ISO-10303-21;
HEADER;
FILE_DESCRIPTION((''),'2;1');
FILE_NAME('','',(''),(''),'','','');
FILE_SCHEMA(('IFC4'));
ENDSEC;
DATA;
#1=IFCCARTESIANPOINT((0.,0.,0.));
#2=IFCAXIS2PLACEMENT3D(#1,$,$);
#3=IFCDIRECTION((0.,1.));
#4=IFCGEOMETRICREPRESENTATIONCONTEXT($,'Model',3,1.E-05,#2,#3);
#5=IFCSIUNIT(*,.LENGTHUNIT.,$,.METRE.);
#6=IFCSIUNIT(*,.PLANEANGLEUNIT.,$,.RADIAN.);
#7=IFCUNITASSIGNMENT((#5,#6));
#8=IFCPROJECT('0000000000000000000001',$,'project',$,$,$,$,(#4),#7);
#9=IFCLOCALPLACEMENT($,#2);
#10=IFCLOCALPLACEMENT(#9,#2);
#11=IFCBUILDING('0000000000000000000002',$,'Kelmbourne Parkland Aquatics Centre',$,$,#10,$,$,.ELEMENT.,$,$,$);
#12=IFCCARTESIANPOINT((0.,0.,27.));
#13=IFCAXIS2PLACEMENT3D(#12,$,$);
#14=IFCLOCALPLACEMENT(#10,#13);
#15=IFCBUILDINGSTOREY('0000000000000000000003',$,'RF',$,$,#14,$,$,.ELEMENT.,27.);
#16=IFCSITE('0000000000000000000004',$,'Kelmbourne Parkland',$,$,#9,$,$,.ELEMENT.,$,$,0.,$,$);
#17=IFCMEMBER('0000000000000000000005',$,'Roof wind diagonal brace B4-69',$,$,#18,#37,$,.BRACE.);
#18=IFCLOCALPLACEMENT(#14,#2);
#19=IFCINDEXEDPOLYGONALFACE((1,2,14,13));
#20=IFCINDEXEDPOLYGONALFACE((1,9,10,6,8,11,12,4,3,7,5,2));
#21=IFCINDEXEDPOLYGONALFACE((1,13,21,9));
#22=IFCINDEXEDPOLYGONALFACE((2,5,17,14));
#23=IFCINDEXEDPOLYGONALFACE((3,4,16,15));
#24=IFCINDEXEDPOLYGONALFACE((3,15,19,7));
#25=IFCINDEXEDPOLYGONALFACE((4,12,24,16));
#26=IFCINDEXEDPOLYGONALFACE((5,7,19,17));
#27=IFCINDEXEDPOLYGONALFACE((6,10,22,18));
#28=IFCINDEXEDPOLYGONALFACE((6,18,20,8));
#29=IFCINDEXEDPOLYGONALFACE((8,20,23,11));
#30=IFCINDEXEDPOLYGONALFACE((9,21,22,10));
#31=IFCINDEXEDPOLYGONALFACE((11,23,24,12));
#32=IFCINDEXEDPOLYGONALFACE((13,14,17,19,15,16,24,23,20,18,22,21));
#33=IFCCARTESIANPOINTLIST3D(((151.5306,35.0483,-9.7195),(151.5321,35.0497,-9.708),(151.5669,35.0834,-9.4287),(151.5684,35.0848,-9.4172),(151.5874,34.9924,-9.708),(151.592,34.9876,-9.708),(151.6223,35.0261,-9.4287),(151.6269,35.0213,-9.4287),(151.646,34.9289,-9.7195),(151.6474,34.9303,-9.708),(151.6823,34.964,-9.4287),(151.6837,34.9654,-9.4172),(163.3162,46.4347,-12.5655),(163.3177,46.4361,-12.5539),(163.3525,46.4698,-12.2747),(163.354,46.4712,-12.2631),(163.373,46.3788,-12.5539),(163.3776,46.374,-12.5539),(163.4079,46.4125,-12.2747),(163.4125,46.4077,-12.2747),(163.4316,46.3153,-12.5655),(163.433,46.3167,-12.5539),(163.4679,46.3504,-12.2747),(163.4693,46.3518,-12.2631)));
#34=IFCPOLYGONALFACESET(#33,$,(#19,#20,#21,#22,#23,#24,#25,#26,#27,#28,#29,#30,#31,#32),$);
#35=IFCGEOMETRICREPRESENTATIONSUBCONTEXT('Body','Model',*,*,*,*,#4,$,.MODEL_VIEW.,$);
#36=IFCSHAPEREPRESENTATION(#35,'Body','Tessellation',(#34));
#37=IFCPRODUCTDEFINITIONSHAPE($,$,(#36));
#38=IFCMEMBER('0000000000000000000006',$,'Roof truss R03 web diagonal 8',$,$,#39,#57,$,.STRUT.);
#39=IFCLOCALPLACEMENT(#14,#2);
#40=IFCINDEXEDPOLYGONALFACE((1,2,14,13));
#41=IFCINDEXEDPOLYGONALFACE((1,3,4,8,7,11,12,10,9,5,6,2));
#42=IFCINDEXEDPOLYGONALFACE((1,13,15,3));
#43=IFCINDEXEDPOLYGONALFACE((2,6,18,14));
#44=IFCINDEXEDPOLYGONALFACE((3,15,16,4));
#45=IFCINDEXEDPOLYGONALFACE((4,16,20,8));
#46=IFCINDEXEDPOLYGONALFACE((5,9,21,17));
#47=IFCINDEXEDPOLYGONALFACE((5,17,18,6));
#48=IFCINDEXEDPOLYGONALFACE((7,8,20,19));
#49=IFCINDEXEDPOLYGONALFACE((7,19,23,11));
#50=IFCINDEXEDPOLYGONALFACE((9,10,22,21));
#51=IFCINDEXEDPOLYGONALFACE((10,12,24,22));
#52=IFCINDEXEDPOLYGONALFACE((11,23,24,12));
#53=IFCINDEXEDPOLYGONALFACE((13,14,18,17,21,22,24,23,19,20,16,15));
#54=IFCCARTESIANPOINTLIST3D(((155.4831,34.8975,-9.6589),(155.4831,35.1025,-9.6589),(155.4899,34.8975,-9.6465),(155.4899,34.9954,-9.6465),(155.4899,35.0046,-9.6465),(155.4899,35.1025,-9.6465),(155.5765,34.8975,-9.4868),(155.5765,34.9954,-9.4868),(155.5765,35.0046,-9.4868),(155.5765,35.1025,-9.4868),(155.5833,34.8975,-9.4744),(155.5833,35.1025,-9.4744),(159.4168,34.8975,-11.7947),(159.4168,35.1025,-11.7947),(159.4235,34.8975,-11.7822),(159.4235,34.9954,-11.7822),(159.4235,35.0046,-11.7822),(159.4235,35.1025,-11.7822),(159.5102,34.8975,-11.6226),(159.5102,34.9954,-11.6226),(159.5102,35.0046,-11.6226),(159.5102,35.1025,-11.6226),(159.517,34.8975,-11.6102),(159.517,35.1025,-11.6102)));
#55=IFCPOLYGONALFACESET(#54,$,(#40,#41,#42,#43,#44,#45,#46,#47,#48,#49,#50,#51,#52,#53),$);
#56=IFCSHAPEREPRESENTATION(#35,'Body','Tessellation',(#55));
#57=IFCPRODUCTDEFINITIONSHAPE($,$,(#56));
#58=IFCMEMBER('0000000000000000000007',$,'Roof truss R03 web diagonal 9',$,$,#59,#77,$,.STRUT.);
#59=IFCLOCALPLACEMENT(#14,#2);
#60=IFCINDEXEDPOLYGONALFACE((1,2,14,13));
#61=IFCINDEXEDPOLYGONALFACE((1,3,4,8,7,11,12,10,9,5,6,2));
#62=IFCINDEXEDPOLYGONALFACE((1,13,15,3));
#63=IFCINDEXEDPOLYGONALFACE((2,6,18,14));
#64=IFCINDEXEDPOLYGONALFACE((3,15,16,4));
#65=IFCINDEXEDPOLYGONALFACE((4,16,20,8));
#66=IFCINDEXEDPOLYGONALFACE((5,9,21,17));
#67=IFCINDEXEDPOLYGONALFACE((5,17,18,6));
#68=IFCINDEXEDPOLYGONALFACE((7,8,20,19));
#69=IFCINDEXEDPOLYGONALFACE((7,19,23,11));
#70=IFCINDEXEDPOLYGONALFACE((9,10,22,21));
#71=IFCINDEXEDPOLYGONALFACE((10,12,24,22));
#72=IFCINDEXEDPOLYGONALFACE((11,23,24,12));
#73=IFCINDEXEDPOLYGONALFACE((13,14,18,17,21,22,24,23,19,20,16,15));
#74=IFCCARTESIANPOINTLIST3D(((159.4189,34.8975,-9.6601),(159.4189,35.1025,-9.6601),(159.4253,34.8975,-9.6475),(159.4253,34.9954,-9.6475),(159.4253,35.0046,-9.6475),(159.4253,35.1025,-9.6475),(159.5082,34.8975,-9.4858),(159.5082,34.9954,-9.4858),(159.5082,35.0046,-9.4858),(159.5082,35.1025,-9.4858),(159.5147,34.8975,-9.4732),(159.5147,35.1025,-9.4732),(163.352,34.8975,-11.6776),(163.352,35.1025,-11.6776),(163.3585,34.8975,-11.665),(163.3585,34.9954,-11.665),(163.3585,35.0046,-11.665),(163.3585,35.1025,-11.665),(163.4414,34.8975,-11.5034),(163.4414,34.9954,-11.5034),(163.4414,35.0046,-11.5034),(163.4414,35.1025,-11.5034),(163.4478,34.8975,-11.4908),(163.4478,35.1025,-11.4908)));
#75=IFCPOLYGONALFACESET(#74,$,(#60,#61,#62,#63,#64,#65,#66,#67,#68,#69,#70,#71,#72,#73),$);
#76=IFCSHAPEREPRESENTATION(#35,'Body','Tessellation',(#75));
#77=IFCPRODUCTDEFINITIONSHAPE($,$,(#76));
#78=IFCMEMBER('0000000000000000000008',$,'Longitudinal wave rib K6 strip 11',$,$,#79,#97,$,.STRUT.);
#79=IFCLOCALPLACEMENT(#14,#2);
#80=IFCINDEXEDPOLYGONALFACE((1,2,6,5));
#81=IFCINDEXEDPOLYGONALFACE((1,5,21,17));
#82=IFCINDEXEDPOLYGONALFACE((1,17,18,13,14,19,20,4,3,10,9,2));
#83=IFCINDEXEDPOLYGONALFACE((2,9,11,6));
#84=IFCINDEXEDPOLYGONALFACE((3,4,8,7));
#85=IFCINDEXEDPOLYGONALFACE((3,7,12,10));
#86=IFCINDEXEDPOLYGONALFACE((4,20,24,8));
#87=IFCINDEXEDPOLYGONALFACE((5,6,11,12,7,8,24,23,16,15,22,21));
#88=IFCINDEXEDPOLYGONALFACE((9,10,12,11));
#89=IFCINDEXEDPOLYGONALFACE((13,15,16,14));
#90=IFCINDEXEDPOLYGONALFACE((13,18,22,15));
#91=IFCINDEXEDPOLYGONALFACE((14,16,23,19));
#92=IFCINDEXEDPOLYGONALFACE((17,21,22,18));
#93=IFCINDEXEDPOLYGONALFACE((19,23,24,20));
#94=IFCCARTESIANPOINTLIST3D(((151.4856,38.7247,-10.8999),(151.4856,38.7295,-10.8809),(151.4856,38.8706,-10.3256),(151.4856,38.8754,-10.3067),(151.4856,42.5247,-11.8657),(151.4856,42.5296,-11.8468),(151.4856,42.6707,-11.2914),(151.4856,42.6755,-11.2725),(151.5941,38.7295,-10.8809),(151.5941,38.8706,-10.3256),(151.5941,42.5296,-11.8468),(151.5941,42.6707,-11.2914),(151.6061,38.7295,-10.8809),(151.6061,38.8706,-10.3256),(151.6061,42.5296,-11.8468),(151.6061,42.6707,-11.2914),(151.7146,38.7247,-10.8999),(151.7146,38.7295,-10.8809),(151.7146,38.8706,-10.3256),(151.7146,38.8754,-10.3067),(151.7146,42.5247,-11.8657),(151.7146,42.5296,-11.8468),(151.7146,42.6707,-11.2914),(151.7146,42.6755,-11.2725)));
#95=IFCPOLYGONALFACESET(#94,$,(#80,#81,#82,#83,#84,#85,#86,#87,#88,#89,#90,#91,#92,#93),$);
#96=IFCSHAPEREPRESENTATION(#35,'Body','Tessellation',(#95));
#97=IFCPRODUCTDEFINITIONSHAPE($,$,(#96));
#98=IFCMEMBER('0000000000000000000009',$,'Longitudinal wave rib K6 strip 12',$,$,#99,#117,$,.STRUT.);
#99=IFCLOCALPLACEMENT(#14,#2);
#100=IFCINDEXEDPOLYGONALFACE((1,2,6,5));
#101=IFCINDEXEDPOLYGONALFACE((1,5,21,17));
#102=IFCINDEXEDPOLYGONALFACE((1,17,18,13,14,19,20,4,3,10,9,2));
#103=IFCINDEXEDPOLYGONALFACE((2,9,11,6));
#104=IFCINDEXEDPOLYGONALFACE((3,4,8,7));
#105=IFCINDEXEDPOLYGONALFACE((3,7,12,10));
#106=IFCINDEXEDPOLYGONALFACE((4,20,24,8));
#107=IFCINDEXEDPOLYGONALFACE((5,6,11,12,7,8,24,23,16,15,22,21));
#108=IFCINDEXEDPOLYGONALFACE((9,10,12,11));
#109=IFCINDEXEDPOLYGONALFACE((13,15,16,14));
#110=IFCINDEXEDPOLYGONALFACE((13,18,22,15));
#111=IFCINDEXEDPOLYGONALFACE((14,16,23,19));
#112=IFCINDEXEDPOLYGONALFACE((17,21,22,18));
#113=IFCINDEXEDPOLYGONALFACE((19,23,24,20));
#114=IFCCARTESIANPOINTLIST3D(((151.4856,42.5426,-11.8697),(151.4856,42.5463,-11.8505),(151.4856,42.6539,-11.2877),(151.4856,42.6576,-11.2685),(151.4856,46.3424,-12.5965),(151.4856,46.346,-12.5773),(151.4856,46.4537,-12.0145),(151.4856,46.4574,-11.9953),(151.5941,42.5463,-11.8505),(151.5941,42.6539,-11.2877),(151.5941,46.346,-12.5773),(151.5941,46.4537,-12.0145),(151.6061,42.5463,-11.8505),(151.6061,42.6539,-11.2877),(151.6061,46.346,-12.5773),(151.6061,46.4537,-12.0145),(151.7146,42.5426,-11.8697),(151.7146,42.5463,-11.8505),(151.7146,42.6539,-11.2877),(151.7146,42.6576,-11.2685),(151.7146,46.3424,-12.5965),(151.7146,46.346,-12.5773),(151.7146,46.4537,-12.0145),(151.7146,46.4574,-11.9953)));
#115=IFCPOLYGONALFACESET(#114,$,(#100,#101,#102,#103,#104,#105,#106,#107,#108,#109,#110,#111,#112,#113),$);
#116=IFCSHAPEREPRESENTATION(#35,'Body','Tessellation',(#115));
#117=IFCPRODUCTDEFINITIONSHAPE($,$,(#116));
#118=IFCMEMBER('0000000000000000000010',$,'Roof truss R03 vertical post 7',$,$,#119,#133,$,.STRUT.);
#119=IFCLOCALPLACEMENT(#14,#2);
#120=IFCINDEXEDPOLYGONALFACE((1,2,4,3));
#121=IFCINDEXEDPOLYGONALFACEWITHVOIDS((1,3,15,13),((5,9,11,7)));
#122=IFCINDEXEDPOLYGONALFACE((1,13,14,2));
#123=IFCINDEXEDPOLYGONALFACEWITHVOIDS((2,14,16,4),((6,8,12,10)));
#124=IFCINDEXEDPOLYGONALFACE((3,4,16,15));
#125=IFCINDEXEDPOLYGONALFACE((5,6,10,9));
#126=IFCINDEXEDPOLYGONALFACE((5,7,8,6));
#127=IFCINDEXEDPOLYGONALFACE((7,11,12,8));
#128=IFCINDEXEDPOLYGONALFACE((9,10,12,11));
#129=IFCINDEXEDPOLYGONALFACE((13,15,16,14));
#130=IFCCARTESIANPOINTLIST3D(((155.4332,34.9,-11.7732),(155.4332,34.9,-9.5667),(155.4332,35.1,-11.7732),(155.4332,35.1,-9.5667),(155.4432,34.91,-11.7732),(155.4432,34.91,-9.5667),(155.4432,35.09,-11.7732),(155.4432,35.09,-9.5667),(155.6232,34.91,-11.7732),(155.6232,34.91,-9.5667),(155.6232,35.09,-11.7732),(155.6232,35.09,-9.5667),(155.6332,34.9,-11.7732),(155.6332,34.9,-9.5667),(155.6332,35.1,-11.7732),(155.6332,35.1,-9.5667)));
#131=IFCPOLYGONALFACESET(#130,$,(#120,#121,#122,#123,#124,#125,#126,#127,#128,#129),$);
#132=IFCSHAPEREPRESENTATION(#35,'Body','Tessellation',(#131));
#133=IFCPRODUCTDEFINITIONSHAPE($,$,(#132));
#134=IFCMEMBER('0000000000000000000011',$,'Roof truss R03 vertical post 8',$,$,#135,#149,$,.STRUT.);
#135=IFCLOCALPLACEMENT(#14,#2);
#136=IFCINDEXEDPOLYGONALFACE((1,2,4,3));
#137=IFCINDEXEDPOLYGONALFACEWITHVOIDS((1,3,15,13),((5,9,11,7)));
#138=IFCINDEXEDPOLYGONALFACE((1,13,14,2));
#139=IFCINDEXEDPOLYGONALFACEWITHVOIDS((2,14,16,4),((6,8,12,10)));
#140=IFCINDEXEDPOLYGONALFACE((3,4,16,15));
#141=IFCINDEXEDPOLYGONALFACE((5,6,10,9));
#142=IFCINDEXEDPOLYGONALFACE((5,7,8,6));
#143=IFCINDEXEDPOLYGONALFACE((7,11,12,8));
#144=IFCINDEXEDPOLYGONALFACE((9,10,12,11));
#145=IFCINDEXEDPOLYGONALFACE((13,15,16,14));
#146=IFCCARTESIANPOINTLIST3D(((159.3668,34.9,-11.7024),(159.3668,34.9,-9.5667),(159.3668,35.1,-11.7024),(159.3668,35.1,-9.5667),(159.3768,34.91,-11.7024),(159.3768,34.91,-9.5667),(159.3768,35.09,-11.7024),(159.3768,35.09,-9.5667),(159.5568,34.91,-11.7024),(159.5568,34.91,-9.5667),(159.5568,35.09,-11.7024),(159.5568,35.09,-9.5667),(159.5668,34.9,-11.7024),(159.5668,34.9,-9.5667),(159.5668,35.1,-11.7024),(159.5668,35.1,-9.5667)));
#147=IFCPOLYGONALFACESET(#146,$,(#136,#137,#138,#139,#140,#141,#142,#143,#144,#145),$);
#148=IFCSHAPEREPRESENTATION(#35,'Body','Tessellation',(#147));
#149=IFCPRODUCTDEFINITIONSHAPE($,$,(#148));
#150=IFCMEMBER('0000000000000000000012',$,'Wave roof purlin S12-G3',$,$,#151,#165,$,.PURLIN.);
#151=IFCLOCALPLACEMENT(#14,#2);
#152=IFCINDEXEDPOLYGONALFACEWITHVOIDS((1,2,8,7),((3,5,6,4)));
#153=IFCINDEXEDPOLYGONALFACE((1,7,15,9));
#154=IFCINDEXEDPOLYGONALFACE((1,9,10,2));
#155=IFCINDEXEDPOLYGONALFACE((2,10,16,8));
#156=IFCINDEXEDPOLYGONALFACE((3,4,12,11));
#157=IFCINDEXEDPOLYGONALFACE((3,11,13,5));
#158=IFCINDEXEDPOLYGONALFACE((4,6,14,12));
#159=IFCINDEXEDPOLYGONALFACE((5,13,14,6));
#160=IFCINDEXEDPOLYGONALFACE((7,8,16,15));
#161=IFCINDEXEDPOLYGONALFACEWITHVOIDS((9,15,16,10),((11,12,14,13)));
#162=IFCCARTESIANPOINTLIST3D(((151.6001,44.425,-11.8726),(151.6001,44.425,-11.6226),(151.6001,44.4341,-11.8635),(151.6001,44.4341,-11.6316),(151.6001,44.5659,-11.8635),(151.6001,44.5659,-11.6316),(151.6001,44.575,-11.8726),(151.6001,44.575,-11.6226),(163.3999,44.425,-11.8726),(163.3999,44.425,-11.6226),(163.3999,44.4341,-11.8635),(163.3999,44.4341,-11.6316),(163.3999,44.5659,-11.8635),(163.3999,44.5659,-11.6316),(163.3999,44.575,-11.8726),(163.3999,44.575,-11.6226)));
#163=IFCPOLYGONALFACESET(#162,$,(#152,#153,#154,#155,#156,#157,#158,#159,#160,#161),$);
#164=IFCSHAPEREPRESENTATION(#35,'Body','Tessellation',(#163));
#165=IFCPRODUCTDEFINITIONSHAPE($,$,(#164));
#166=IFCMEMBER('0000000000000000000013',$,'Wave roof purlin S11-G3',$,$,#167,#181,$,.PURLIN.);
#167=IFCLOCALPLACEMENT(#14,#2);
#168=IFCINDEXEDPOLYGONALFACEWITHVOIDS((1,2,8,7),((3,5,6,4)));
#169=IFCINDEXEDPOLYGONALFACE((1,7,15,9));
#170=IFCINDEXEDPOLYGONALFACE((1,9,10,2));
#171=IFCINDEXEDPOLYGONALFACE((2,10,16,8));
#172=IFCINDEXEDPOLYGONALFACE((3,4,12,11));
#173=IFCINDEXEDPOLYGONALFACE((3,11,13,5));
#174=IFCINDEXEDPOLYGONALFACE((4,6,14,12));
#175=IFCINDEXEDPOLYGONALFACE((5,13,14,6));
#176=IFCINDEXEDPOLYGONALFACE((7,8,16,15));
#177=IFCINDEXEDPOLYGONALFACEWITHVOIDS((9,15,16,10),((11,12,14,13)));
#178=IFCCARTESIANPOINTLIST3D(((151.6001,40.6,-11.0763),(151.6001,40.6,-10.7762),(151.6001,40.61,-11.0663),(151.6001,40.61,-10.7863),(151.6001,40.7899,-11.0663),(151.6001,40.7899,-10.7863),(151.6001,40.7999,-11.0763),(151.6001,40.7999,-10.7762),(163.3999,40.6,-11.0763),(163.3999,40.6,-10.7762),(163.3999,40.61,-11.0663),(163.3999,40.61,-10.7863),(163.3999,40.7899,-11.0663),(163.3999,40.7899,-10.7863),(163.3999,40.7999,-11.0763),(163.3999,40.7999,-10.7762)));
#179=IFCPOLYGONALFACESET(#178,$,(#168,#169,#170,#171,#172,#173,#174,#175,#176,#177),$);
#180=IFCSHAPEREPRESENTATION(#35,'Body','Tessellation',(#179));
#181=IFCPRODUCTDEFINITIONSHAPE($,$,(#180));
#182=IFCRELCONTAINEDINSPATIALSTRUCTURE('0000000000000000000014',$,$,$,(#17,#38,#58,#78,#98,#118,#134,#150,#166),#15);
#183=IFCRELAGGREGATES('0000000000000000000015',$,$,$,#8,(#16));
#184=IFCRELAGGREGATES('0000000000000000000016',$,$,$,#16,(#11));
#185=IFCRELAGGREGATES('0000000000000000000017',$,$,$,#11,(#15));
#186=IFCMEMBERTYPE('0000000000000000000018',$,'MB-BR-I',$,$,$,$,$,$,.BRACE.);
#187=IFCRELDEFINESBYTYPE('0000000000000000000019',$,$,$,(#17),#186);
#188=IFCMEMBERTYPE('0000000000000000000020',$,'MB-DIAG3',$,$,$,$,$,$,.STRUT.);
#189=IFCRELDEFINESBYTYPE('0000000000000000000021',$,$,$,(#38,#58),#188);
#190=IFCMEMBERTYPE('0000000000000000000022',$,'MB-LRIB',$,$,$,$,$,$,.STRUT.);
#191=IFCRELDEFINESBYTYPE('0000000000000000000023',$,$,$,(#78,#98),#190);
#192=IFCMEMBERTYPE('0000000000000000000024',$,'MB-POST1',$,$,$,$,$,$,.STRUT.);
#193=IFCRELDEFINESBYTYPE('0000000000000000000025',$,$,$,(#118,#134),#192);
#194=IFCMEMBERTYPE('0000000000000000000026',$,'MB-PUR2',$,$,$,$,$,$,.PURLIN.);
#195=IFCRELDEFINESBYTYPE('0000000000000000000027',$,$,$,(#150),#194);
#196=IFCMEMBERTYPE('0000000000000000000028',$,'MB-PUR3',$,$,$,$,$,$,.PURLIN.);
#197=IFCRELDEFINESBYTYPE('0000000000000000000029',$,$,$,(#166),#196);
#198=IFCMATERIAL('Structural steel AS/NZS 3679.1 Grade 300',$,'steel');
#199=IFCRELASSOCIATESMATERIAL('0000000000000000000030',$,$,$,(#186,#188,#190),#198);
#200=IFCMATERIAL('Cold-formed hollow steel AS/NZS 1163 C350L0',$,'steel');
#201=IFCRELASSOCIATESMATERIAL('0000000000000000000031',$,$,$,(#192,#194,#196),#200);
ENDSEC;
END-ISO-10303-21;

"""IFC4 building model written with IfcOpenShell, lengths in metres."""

from ifc_helpers import new_model, si_unit, direction, frame, origin, origin_2d, place, context, subcontext, project, spatial, hollow_rectangle, i_section, extrude, material, material_profile, profile_set, type_object, element, save


model = new_model("IFC4")

# Units and contexts
model_context = context("Model", 3, precision=1e-05, world=origin(), true_north=direction((0.0, 1.0)))
body_context = subcontext(model_context, "Body", "Model", "MODEL_VIEW")
ifc_project = project(units=[si_unit("LENGTHUNIT", "METRE"), si_unit("PLANEANGLEUNIT", "RADIAN")], contexts=[model_context])

# Site, building, storey
site_placement = place(None, origin())
site = spatial("IfcSite", under=ifc_project, at=site_placement, Name="Kelmbourne Parkland", CompositionType="ELEMENT", RefElevation=0.0)
building_placement = place(site_placement, origin())
building = spatial("IfcBuilding", under=site, at=building_placement, Name="Kelmbourne Parkland Aquatics Centre", CompositionType="ELEMENT")
storey_placement = place(building_placement, frame((0.0, 0.0, 27.0)))
storey = spatial("IfcBuildingStorey", under=building, at=storey_placement, Name="RF", CompositionType="ELEMENT", Elevation=27.0)

# Members
ifc_material_1 = material(Name="Structural steel AS/NZS 3679.1 Grade 300", Category="steel")
ifc_material_profile_1 = material_profile(ifc_material_1, i_section(OverallWidth=0.166, OverallDepth=0.3069, WebThickness=0.0066, FlangeThickness=0.0117, at=origin_2d()), Name="310UB46.2")
ifc_profile_set_1 = profile_set([ifc_material_profile_1], Name="Structural steel AS/NZS 3679.1 Grade 300")
member_type_1 = type_object("IfcMemberType", Name="MB-BR-I", PredefinedType="BRACE", material=ifc_profile_set_1)
member_1_placement = place(storey_placement, frame((151.6072, 35.0068, -9.5684), z_axis=(0.708575, 0.684576, -0.171104), x_axis=(-0.694823, 0.719181, 0.0)))
element("IfcMember", 1, at=member_1_placement, inside=storey, type_object=member_type_1, Name="Roof wind diagonal brace B4-69", PredefinedType="BRACE", context=body_context, shape_type="SweptSolid", body=[
    extrude(i_section(OverallWidth=0.166, OverallDepth=0.3069, WebThickness=0.0066, FlangeThickness=0.0117, at=origin_2d()), origin(), (0.0, 0.0, 1.0), 16.6328),
])
ifc_material_profile_2 = material_profile(ifc_material_1, i_section(OverallWidth=0.2051, OverallDepth=0.21, WebThickness=0.0093, FlangeThickness=0.0142, at=origin_2d()), Name="200UC59.5")
ifc_profile_set_2 = profile_set([ifc_material_profile_2], Name="Structural steel AS/NZS 3679.1 Grade 300")
member_type_2 = type_object("IfcMemberType", Name="MB-DIAG3", PredefinedType="STRUT", material=ifc_profile_set_2)
member_2_placement = place(storey_placement, frame((155.5332, 35.0, -9.5667), z_axis=(0.878819, 0.0, -0.477154), x_axis=(0.0, 1.0, 0.0)))
element("IfcMember", 2, at=member_2_placement, inside=storey, type_object=member_type_2, Name="Roof truss R03 web diagonal 8", PredefinedType="STRUT", context=body_context, shape_type="SweptSolid", body=[
    extrude(i_section(OverallWidth=0.2051, OverallDepth=0.21, WebThickness=0.0093, FlangeThickness=0.0142, at=origin_2d()), origin(), (0.0, 0.0, 1.0), 4.4761),
])
member_3_placement = place(storey_placement, frame((159.4668, 35.0, -9.5667), z_axis=(0.889762, 0.0, -0.456424), x_axis=(0.0, 1.0, 0.0)))
element("IfcMember", 3, at=member_3_placement, inside=storey, type_object=member_type_2, Name="Roof truss R03 web diagonal 9", PredefinedType="STRUT", context=body_context, shape_type="SweptSolid", body=[
    extrude(i_section(OverallWidth=0.2051, OverallDepth=0.21, WebThickness=0.0093, FlangeThickness=0.0142, at=origin_2d()), origin(), (0.0, 0.0, 1.0), 4.4204),
])
ifc_material_profile_3 = material_profile(ifc_material_1, i_section(OverallWidth=0.229, OverallDepth=0.6121, WebThickness=0.012, FlangeThickness=0.0195, at=origin_2d()), Name="610UB125")
ifc_profile_set_3 = profile_set([ifc_material_profile_3], Name="Structural steel AS/NZS 3679.1 Grade 300")
member_type_3 = type_object("IfcMemberType", Name="MB-LRIB", PredefinedType="STRUT", material=ifc_profile_set_3)
member_4_placement = place(storey_placement, frame((151.6001, 38.8, -10.6033), z_axis=(0.0, 0.969186, -0.246328), x_axis=(-1.0, 0.0, 0.0)))
element("IfcMember", 4, at=member_4_placement, inside=storey, type_object=member_type_3, Name="Longitudinal wave rib K6 strip 11", PredefinedType="STRUT", context=body_context, shape_type="SweptSolid", body=[
    extrude(i_section(OverallWidth=0.229, OverallDepth=0.6121, WebThickness=0.012, FlangeThickness=0.0195, at=origin_2d()), origin(), (0.0, 0.0, 1.0), 3.9209),
])
member_5_placement = place(storey_placement, frame((151.6001, 42.6001, -11.5691), z_axis=(0.0, 0.982194, -0.187869), x_axis=(-1.0, 0.0, 0.0)))
element("IfcMember", 5, at=member_5_placement, inside=storey, type_object=member_type_3, Name="Longitudinal wave rib K6 strip 12", PredefinedType="STRUT", context=body_context, shape_type="SweptSolid", body=[
    extrude(i_section(OverallWidth=0.229, OverallDepth=0.6121, WebThickness=0.012, FlangeThickness=0.0195, at=origin_2d()), origin(), (0.0, 0.0, 1.0), 3.8687),
])
ifc_material_2 = material(Name="Cold-formed hollow steel AS/NZS 1163 C350L0", Category="steel")
ifc_material_profile_4 = material_profile(ifc_material_2, hollow_rectangle(XDim=0.2, YDim=0.2, WallThickness=0.01, at=origin_2d()), Name="SHS 200x200x10.0")
ifc_profile_set_4 = profile_set([ifc_material_profile_4], Name="Cold-formed hollow steel AS/NZS 1163 C350L0")
member_type_4 = type_object("IfcMemberType", Name="MB-POST1", PredefinedType="STRUT", material=ifc_profile_set_4)
member_6_placement = place(storey_placement, frame((155.5332, 35.0, -11.7732), z_axis=(0.0, 0.0, 1.0), x_axis=(1.0, 0.0, 0.0)))
element("IfcMember", 6, at=member_6_placement, inside=storey, type_object=member_type_4, Name="Roof truss R03 vertical post 7", PredefinedType="STRUT", context=body_context, shape_type="SweptSolid", body=[
    extrude(hollow_rectangle(XDim=0.2, YDim=0.2, WallThickness=0.01, at=origin_2d()), origin(), (0.0, 0.0, 1.0), 2.2065),
])
member_7_placement = place(storey_placement, frame((159.4668, 35.0, -11.7024), z_axis=(0.0, 0.0, 1.0), x_axis=(1.0, 0.0, 0.0)))
element("IfcMember", 7, at=member_7_placement, inside=storey, type_object=member_type_4, Name="Roof truss R03 vertical post 8", PredefinedType="STRUT", context=body_context, shape_type="SweptSolid", body=[
    extrude(hollow_rectangle(XDim=0.2, YDim=0.2, WallThickness=0.01, at=origin_2d()), origin(), (0.0, 0.0, 1.0), 2.1357),
])
ifc_material_profile_5 = material_profile(ifc_material_2, hollow_rectangle(XDim=0.1499, YDim=0.25, WallThickness=0.009, at=origin_2d()), Name="RHS 250x150x9.0")
ifc_profile_set_5 = profile_set([ifc_material_profile_5], Name="Cold-formed hollow steel AS/NZS 1163 C350L0")
member_type_5 = type_object("IfcMemberType", Name="MB-PUR2", PredefinedType="PURLIN", material=ifc_profile_set_5)
member_8_placement = place(storey_placement, frame((151.6001, 44.5, -11.7476), z_axis=(1.0, 0.0, 0.0), x_axis=(0.0, 1.0, 0.0)))
element("IfcMember", 8, at=member_8_placement, inside=storey, type_object=member_type_5, Name="Wave roof purlin S12-G3", PredefinedType="PURLIN", context=body_context, shape_type="SweptSolid", body=[
    extrude(hollow_rectangle(XDim=0.1499, YDim=0.25, WallThickness=0.009, at=origin_2d()), origin(), (0.0, 0.0, 1.0), 11.7998),
])
ifc_material_profile_6 = material_profile(ifc_material_2, hollow_rectangle(XDim=0.2, YDim=0.3, WallThickness=0.01, at=origin_2d()), Name="RHS 300x200x10.0")
ifc_profile_set_6 = profile_set([ifc_material_profile_6], Name="Cold-formed hollow steel AS/NZS 1163 C350L0")
member_type_6 = type_object("IfcMemberType", Name="MB-PUR3", PredefinedType="PURLIN", material=ifc_profile_set_6)
member_9_placement = place(storey_placement, frame((151.6001, 40.7, -10.9263), z_axis=(1.0, 0.0, 0.0), x_axis=(0.0, 1.0, 0.0)))
element("IfcMember", 9, at=member_9_placement, inside=storey, type_object=member_type_6, Name="Wave roof purlin S11-G3", PredefinedType="PURLIN", context=body_context, shape_type="SweptSolid", body=[
    extrude(hollow_rectangle(XDim=0.2, YDim=0.3, WallThickness=0.01, at=origin_2d()), origin(), (0.0, 0.0, 1.0), 11.7998),
])

save(model, "model.ifc")
